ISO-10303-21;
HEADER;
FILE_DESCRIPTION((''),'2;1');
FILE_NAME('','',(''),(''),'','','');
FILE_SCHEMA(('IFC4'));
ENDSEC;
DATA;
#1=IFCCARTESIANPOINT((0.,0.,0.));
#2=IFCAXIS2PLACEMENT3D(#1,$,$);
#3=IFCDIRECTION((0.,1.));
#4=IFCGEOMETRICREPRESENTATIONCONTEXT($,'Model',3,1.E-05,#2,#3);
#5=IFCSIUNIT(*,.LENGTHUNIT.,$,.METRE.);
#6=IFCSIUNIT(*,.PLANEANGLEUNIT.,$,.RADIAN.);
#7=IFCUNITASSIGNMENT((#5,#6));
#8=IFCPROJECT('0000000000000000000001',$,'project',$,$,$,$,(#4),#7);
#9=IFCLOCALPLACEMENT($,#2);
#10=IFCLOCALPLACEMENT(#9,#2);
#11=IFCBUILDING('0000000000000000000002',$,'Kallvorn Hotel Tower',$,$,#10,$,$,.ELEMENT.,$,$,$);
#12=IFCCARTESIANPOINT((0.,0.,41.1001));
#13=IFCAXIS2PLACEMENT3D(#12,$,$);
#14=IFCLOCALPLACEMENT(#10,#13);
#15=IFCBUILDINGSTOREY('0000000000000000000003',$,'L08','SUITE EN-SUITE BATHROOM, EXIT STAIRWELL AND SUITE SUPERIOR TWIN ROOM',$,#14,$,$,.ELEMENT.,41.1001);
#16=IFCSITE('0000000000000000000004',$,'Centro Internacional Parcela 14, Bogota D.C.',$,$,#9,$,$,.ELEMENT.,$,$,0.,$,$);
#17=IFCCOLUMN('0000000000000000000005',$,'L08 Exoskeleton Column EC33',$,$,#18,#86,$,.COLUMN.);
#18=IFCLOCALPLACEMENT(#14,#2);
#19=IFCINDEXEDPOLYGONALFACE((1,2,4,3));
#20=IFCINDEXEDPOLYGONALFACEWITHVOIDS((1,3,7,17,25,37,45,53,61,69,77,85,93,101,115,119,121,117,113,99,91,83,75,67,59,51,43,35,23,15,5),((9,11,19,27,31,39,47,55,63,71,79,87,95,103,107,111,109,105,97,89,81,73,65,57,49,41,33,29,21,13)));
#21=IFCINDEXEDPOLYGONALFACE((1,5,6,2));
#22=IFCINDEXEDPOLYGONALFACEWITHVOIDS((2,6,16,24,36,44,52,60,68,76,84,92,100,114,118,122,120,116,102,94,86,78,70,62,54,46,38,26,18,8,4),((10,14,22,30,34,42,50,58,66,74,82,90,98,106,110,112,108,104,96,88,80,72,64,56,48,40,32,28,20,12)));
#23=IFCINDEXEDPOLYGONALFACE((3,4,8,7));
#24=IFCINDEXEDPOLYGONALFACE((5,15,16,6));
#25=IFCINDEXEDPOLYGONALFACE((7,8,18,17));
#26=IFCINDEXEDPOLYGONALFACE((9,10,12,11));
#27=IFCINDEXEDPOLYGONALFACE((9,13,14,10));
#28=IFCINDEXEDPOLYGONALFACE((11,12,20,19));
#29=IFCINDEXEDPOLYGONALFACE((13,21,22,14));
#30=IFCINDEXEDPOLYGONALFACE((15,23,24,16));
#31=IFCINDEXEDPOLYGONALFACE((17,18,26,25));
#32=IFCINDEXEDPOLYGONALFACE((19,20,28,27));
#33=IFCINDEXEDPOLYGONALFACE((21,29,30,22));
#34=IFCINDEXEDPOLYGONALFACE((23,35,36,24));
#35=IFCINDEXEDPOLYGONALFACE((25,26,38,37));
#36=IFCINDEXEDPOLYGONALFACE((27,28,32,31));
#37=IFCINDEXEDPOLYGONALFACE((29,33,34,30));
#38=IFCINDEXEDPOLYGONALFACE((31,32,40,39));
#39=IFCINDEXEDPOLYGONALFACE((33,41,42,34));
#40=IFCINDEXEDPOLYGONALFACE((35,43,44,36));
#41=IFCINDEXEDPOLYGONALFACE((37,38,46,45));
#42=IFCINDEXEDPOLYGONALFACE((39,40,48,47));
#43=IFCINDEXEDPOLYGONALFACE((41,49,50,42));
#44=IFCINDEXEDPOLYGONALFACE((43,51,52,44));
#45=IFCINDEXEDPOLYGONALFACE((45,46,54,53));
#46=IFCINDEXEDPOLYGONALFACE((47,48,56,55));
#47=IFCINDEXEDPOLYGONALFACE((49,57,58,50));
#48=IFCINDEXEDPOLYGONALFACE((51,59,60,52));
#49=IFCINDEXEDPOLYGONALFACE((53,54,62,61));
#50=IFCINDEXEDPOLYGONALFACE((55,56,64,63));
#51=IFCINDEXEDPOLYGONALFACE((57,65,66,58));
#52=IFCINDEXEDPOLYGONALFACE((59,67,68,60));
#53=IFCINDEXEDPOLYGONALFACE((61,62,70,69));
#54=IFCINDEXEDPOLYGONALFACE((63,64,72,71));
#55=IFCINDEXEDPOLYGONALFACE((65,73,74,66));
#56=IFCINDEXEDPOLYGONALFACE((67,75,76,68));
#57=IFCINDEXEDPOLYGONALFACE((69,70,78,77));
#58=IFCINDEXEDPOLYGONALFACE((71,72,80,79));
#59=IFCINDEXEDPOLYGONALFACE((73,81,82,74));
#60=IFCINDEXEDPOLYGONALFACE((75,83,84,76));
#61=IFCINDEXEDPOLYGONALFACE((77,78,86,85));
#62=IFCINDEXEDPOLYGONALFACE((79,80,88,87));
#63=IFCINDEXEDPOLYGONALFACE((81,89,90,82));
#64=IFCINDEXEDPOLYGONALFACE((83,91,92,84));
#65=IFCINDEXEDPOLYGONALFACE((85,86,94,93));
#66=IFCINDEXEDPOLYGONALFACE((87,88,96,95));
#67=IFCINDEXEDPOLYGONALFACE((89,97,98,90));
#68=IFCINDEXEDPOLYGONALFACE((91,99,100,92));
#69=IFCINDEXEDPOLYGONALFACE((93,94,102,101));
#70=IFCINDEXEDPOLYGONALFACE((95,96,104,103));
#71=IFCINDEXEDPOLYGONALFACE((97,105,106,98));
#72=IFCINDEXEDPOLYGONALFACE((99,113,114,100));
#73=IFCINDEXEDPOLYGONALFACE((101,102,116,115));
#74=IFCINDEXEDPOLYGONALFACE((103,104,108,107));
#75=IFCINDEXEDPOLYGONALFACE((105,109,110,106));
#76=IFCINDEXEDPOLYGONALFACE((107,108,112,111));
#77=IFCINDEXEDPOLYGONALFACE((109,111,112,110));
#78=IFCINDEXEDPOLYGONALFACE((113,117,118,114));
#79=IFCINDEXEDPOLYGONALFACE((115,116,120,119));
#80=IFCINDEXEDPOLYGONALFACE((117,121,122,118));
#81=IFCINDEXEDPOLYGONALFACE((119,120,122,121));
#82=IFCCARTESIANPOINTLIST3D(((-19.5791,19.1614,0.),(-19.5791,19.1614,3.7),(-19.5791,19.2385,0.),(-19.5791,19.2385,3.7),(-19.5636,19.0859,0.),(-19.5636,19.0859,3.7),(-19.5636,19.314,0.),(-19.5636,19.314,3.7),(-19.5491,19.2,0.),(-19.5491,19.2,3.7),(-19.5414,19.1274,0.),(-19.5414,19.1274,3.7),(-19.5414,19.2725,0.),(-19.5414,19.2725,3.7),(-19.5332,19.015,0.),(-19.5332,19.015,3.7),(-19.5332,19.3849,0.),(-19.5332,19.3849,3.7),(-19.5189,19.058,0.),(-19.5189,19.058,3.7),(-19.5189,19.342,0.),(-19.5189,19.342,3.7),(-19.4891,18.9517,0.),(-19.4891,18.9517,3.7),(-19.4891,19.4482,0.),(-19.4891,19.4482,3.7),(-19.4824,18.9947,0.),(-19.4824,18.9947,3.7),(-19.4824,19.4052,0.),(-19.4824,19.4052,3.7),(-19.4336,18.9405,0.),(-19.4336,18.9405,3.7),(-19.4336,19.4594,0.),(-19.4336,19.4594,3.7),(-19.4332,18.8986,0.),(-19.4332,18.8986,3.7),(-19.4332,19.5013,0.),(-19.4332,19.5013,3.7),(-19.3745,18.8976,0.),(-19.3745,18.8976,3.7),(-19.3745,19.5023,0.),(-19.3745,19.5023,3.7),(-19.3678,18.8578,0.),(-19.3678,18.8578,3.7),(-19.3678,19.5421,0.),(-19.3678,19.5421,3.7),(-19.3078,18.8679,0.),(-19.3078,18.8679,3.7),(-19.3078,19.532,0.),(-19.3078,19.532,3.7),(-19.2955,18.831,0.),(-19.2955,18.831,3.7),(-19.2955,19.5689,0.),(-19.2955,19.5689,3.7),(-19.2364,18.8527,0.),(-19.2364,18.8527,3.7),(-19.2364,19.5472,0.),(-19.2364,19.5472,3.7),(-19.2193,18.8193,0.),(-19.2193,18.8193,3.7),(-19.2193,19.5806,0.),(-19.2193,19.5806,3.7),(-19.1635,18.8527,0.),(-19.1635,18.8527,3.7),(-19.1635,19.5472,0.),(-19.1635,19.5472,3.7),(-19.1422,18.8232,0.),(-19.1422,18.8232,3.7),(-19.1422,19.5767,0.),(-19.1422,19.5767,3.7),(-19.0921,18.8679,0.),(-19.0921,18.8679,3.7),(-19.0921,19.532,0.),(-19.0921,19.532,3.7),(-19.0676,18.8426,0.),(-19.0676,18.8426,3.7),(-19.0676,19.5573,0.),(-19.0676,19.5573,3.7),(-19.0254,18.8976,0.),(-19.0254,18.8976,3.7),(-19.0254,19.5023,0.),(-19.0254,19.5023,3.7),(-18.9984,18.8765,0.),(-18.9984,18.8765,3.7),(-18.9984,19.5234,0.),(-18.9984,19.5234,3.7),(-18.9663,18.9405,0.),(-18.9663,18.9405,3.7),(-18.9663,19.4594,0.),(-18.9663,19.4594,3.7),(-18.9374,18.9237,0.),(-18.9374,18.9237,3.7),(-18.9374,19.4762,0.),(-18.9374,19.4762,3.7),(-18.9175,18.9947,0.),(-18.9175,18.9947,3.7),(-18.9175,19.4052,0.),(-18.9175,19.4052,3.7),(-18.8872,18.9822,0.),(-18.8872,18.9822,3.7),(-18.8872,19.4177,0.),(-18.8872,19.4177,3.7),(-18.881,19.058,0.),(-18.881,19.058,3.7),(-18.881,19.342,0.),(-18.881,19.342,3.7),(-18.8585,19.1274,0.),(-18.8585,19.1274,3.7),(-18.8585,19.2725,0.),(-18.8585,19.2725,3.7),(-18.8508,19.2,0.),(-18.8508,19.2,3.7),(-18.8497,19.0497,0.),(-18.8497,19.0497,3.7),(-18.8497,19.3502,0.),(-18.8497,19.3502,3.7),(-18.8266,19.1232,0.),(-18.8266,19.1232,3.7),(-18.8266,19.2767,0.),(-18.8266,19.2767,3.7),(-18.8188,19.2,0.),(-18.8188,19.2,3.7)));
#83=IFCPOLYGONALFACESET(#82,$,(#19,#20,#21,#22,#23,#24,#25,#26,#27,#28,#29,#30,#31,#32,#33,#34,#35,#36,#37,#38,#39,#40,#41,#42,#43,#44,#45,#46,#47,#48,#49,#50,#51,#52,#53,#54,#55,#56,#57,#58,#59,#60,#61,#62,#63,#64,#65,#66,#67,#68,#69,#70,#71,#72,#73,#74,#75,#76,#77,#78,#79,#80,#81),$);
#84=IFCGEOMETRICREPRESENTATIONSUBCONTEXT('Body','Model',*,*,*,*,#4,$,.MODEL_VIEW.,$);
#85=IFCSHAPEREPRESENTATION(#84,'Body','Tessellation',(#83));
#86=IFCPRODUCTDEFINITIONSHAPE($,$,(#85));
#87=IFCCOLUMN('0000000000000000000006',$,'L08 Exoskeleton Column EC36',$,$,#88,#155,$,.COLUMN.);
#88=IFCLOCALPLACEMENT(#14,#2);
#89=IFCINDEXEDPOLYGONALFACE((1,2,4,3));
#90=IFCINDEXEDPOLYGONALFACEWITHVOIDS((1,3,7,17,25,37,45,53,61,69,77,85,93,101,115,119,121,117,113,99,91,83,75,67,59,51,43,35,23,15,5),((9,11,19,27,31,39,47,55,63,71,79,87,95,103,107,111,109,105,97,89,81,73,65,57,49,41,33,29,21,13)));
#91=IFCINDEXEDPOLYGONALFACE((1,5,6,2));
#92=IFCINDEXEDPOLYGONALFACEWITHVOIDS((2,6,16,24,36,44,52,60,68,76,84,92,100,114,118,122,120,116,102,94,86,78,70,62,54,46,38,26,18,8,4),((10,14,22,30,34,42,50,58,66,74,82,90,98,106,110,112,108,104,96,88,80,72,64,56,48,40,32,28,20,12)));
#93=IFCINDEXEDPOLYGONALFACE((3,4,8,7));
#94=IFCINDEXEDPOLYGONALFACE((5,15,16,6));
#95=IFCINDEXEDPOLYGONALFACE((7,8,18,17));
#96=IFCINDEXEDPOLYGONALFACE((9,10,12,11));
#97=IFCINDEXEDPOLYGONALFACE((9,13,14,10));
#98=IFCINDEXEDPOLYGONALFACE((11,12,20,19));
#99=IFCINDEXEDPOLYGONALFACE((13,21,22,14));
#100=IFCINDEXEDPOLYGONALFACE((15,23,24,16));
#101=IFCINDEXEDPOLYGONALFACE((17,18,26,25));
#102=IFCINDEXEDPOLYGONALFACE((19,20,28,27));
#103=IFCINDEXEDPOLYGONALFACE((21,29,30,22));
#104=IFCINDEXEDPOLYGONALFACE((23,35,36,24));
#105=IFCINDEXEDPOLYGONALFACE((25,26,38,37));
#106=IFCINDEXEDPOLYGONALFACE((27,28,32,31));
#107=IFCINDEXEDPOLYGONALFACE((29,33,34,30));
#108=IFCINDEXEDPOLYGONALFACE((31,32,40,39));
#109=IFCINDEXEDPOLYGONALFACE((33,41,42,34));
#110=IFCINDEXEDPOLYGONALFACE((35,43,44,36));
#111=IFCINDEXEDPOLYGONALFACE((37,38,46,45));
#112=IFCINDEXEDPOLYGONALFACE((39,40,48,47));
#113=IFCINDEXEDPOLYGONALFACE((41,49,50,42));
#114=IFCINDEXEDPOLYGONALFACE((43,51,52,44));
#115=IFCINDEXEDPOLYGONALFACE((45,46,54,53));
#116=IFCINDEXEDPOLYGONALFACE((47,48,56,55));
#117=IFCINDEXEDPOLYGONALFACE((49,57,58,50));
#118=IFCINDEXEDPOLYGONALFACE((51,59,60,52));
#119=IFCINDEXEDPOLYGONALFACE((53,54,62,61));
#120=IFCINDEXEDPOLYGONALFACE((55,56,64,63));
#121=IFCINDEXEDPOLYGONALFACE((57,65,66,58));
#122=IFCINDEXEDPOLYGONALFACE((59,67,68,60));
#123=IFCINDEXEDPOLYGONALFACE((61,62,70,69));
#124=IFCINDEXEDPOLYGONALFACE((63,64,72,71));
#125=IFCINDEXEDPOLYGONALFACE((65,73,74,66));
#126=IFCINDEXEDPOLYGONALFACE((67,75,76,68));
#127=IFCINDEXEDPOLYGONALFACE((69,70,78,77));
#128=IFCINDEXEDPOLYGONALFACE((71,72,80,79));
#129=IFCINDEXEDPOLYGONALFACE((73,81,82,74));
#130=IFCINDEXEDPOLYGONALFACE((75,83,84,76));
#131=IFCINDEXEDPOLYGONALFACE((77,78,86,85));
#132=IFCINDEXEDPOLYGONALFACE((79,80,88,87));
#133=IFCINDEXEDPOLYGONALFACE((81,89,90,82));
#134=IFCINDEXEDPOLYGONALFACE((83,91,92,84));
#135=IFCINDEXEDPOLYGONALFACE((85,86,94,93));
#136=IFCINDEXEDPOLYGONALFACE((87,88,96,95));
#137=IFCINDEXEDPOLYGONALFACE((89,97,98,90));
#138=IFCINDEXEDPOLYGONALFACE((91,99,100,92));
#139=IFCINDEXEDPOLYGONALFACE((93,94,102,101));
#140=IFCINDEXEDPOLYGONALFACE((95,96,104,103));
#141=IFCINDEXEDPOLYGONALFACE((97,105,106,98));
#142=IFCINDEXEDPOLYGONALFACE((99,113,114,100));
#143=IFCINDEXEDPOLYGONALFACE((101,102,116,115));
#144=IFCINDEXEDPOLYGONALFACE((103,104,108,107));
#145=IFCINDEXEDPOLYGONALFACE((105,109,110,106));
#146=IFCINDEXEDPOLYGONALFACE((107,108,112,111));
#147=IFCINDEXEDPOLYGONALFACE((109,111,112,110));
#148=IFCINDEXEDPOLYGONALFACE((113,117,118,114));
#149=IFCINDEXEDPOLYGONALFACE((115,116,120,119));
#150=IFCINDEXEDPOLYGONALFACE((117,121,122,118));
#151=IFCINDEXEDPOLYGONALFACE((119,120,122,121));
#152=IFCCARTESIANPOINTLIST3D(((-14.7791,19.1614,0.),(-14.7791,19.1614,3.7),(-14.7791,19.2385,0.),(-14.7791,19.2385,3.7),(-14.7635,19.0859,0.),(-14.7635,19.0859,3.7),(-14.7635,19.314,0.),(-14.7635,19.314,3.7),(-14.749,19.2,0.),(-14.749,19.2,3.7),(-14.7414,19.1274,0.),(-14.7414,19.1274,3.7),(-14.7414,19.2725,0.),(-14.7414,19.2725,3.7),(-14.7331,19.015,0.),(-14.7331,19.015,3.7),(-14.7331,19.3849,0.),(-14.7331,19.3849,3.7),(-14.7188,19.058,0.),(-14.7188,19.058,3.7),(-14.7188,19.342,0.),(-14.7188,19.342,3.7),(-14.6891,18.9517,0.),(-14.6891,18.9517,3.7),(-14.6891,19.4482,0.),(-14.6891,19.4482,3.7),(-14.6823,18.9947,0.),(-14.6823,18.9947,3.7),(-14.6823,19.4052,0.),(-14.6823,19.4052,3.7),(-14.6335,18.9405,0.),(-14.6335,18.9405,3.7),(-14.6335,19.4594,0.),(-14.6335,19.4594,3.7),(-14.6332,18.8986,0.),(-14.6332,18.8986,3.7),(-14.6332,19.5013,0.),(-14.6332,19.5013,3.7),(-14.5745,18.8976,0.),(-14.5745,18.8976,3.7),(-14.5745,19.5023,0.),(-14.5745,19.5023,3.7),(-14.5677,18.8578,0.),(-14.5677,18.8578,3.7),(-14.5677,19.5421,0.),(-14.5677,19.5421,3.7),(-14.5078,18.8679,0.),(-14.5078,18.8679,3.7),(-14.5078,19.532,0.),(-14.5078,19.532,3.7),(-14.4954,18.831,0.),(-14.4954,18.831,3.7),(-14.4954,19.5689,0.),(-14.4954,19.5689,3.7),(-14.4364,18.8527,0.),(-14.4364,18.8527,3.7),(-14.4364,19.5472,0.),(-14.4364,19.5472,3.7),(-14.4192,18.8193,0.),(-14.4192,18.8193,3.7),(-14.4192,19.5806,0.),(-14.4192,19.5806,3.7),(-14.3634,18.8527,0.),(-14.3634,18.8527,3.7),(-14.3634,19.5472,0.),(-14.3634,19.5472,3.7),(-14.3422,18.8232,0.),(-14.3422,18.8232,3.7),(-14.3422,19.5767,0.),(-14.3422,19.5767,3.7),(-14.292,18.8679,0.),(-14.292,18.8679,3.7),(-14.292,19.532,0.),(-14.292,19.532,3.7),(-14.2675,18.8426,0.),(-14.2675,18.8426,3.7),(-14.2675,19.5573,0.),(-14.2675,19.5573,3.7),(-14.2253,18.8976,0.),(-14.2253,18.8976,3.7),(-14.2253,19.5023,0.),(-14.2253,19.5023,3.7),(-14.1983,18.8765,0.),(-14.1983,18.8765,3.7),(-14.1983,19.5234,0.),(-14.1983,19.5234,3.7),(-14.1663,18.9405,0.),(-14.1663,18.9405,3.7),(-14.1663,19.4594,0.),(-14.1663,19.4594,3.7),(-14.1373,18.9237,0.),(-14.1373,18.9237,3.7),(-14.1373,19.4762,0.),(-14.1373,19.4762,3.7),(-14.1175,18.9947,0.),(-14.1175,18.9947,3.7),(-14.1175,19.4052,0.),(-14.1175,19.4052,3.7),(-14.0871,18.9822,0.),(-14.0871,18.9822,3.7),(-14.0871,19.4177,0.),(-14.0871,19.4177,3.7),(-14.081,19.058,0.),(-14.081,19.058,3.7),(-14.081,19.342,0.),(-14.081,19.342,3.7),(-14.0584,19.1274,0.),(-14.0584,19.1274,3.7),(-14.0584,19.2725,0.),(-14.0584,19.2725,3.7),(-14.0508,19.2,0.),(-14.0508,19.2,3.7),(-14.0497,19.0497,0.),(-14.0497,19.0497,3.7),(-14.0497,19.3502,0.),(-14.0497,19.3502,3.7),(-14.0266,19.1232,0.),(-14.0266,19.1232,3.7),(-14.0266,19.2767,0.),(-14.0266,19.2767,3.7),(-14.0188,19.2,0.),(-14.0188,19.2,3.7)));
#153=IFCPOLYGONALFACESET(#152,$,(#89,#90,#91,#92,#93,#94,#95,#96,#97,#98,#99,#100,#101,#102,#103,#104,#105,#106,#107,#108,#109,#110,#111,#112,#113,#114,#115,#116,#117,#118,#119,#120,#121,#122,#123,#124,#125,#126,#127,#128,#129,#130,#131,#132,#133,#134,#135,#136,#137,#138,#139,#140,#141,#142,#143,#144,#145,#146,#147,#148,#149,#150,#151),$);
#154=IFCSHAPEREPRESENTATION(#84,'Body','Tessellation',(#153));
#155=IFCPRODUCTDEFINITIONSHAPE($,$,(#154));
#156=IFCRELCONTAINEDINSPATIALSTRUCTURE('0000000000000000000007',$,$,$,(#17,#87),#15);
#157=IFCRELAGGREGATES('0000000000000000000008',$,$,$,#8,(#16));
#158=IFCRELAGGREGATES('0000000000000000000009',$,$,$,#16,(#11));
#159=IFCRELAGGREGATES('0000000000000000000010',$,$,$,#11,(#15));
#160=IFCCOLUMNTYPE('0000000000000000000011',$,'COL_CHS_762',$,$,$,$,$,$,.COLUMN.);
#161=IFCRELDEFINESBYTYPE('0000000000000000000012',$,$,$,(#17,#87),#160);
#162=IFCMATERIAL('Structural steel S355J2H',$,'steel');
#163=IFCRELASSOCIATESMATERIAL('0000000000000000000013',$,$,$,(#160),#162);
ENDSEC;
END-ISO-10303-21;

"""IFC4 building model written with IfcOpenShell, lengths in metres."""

from ifc_helpers import new_model, si_unit, direction, frame, origin, origin_2d, place, context, subcontext, project, spatial, hollow_circle, extrude, material, material_profile, profile_set, type_object, element, save


model = new_model("IFC4")

# Units and contexts
model_context = context("Model", 3, precision=1e-05, world=origin(), true_north=direction((0.0, 1.0)))
body_context = subcontext(model_context, "Body", "Model", "MODEL_VIEW")
ifc_project = project(units=[si_unit("LENGTHUNIT", "METRE"), si_unit("PLANEANGLEUNIT", "RADIAN")], contexts=[model_context])

# Site, building, storey
site_placement = place(None, origin())
site = spatial("IfcSite", under=ifc_project, at=site_placement, Name="Centro Internacional Parcela 14, Bogota D.C.", CompositionType="ELEMENT", RefElevation=0.0)
building_placement = place(site_placement, origin())
building = spatial("IfcBuilding", under=site, at=building_placement, Name="Kallvorn Hotel Tower", CompositionType="ELEMENT")
storey_placement = place(building_placement, frame((0.0, 0.0, 41.1001)))
storey = spatial("IfcBuildingStorey", under=building, at=storey_placement, Name="L08", Description="SUITE EN-SUITE BATHROOM, EXIT STAIRWELL AND SUITE SUPERIOR TWIN ROOM", CompositionType="ELEMENT", Elevation=41.1001)

# Columns
ifc_material_1 = material(Name="Structural steel S355J2H", Category="steel")
ifc_material_profile_1 = material_profile(ifc_material_1, hollow_circle(Radius=0.3811, WallThickness=0.032, at=origin_2d()), Name="CHS 762x32")
ifc_profile_set_1 = profile_set([ifc_material_profile_1], Name="Structural steel S355J2H")
column_type_1 = type_object("IfcColumnType", Name="COL_CHS_762", PredefinedType="COLUMN", material=ifc_profile_set_1)
for number, where, z_axis, x_axis, name in (
    (1, (-19.2, 19.2, 0.0), (0.0, 0.0, 1.0), (1.0, 0.0, 0.0), "L08 Exoskeleton Column EC33"),
    (2, (-14.3999, 19.2, 0.0), (0.0, 0.0, 1.0), (1.0, 0.0, 0.0), "L08 Exoskeleton Column EC36"),
):
    element("IfcColumn", number, at=place(storey_placement, frame(where, z_axis=z_axis, x_axis=x_axis)), inside=storey, type_object=column_type_1, Name=name, PredefinedType="COLUMN", context=body_context, shape_type="SweptSolid", body=[
        extrude(hollow_circle(Radius=0.3811, WallThickness=0.032, at=origin_2d()), origin(), (0.0, 0.0, 1.0), 3.7),
    ])

save(model, "model.ifc")
